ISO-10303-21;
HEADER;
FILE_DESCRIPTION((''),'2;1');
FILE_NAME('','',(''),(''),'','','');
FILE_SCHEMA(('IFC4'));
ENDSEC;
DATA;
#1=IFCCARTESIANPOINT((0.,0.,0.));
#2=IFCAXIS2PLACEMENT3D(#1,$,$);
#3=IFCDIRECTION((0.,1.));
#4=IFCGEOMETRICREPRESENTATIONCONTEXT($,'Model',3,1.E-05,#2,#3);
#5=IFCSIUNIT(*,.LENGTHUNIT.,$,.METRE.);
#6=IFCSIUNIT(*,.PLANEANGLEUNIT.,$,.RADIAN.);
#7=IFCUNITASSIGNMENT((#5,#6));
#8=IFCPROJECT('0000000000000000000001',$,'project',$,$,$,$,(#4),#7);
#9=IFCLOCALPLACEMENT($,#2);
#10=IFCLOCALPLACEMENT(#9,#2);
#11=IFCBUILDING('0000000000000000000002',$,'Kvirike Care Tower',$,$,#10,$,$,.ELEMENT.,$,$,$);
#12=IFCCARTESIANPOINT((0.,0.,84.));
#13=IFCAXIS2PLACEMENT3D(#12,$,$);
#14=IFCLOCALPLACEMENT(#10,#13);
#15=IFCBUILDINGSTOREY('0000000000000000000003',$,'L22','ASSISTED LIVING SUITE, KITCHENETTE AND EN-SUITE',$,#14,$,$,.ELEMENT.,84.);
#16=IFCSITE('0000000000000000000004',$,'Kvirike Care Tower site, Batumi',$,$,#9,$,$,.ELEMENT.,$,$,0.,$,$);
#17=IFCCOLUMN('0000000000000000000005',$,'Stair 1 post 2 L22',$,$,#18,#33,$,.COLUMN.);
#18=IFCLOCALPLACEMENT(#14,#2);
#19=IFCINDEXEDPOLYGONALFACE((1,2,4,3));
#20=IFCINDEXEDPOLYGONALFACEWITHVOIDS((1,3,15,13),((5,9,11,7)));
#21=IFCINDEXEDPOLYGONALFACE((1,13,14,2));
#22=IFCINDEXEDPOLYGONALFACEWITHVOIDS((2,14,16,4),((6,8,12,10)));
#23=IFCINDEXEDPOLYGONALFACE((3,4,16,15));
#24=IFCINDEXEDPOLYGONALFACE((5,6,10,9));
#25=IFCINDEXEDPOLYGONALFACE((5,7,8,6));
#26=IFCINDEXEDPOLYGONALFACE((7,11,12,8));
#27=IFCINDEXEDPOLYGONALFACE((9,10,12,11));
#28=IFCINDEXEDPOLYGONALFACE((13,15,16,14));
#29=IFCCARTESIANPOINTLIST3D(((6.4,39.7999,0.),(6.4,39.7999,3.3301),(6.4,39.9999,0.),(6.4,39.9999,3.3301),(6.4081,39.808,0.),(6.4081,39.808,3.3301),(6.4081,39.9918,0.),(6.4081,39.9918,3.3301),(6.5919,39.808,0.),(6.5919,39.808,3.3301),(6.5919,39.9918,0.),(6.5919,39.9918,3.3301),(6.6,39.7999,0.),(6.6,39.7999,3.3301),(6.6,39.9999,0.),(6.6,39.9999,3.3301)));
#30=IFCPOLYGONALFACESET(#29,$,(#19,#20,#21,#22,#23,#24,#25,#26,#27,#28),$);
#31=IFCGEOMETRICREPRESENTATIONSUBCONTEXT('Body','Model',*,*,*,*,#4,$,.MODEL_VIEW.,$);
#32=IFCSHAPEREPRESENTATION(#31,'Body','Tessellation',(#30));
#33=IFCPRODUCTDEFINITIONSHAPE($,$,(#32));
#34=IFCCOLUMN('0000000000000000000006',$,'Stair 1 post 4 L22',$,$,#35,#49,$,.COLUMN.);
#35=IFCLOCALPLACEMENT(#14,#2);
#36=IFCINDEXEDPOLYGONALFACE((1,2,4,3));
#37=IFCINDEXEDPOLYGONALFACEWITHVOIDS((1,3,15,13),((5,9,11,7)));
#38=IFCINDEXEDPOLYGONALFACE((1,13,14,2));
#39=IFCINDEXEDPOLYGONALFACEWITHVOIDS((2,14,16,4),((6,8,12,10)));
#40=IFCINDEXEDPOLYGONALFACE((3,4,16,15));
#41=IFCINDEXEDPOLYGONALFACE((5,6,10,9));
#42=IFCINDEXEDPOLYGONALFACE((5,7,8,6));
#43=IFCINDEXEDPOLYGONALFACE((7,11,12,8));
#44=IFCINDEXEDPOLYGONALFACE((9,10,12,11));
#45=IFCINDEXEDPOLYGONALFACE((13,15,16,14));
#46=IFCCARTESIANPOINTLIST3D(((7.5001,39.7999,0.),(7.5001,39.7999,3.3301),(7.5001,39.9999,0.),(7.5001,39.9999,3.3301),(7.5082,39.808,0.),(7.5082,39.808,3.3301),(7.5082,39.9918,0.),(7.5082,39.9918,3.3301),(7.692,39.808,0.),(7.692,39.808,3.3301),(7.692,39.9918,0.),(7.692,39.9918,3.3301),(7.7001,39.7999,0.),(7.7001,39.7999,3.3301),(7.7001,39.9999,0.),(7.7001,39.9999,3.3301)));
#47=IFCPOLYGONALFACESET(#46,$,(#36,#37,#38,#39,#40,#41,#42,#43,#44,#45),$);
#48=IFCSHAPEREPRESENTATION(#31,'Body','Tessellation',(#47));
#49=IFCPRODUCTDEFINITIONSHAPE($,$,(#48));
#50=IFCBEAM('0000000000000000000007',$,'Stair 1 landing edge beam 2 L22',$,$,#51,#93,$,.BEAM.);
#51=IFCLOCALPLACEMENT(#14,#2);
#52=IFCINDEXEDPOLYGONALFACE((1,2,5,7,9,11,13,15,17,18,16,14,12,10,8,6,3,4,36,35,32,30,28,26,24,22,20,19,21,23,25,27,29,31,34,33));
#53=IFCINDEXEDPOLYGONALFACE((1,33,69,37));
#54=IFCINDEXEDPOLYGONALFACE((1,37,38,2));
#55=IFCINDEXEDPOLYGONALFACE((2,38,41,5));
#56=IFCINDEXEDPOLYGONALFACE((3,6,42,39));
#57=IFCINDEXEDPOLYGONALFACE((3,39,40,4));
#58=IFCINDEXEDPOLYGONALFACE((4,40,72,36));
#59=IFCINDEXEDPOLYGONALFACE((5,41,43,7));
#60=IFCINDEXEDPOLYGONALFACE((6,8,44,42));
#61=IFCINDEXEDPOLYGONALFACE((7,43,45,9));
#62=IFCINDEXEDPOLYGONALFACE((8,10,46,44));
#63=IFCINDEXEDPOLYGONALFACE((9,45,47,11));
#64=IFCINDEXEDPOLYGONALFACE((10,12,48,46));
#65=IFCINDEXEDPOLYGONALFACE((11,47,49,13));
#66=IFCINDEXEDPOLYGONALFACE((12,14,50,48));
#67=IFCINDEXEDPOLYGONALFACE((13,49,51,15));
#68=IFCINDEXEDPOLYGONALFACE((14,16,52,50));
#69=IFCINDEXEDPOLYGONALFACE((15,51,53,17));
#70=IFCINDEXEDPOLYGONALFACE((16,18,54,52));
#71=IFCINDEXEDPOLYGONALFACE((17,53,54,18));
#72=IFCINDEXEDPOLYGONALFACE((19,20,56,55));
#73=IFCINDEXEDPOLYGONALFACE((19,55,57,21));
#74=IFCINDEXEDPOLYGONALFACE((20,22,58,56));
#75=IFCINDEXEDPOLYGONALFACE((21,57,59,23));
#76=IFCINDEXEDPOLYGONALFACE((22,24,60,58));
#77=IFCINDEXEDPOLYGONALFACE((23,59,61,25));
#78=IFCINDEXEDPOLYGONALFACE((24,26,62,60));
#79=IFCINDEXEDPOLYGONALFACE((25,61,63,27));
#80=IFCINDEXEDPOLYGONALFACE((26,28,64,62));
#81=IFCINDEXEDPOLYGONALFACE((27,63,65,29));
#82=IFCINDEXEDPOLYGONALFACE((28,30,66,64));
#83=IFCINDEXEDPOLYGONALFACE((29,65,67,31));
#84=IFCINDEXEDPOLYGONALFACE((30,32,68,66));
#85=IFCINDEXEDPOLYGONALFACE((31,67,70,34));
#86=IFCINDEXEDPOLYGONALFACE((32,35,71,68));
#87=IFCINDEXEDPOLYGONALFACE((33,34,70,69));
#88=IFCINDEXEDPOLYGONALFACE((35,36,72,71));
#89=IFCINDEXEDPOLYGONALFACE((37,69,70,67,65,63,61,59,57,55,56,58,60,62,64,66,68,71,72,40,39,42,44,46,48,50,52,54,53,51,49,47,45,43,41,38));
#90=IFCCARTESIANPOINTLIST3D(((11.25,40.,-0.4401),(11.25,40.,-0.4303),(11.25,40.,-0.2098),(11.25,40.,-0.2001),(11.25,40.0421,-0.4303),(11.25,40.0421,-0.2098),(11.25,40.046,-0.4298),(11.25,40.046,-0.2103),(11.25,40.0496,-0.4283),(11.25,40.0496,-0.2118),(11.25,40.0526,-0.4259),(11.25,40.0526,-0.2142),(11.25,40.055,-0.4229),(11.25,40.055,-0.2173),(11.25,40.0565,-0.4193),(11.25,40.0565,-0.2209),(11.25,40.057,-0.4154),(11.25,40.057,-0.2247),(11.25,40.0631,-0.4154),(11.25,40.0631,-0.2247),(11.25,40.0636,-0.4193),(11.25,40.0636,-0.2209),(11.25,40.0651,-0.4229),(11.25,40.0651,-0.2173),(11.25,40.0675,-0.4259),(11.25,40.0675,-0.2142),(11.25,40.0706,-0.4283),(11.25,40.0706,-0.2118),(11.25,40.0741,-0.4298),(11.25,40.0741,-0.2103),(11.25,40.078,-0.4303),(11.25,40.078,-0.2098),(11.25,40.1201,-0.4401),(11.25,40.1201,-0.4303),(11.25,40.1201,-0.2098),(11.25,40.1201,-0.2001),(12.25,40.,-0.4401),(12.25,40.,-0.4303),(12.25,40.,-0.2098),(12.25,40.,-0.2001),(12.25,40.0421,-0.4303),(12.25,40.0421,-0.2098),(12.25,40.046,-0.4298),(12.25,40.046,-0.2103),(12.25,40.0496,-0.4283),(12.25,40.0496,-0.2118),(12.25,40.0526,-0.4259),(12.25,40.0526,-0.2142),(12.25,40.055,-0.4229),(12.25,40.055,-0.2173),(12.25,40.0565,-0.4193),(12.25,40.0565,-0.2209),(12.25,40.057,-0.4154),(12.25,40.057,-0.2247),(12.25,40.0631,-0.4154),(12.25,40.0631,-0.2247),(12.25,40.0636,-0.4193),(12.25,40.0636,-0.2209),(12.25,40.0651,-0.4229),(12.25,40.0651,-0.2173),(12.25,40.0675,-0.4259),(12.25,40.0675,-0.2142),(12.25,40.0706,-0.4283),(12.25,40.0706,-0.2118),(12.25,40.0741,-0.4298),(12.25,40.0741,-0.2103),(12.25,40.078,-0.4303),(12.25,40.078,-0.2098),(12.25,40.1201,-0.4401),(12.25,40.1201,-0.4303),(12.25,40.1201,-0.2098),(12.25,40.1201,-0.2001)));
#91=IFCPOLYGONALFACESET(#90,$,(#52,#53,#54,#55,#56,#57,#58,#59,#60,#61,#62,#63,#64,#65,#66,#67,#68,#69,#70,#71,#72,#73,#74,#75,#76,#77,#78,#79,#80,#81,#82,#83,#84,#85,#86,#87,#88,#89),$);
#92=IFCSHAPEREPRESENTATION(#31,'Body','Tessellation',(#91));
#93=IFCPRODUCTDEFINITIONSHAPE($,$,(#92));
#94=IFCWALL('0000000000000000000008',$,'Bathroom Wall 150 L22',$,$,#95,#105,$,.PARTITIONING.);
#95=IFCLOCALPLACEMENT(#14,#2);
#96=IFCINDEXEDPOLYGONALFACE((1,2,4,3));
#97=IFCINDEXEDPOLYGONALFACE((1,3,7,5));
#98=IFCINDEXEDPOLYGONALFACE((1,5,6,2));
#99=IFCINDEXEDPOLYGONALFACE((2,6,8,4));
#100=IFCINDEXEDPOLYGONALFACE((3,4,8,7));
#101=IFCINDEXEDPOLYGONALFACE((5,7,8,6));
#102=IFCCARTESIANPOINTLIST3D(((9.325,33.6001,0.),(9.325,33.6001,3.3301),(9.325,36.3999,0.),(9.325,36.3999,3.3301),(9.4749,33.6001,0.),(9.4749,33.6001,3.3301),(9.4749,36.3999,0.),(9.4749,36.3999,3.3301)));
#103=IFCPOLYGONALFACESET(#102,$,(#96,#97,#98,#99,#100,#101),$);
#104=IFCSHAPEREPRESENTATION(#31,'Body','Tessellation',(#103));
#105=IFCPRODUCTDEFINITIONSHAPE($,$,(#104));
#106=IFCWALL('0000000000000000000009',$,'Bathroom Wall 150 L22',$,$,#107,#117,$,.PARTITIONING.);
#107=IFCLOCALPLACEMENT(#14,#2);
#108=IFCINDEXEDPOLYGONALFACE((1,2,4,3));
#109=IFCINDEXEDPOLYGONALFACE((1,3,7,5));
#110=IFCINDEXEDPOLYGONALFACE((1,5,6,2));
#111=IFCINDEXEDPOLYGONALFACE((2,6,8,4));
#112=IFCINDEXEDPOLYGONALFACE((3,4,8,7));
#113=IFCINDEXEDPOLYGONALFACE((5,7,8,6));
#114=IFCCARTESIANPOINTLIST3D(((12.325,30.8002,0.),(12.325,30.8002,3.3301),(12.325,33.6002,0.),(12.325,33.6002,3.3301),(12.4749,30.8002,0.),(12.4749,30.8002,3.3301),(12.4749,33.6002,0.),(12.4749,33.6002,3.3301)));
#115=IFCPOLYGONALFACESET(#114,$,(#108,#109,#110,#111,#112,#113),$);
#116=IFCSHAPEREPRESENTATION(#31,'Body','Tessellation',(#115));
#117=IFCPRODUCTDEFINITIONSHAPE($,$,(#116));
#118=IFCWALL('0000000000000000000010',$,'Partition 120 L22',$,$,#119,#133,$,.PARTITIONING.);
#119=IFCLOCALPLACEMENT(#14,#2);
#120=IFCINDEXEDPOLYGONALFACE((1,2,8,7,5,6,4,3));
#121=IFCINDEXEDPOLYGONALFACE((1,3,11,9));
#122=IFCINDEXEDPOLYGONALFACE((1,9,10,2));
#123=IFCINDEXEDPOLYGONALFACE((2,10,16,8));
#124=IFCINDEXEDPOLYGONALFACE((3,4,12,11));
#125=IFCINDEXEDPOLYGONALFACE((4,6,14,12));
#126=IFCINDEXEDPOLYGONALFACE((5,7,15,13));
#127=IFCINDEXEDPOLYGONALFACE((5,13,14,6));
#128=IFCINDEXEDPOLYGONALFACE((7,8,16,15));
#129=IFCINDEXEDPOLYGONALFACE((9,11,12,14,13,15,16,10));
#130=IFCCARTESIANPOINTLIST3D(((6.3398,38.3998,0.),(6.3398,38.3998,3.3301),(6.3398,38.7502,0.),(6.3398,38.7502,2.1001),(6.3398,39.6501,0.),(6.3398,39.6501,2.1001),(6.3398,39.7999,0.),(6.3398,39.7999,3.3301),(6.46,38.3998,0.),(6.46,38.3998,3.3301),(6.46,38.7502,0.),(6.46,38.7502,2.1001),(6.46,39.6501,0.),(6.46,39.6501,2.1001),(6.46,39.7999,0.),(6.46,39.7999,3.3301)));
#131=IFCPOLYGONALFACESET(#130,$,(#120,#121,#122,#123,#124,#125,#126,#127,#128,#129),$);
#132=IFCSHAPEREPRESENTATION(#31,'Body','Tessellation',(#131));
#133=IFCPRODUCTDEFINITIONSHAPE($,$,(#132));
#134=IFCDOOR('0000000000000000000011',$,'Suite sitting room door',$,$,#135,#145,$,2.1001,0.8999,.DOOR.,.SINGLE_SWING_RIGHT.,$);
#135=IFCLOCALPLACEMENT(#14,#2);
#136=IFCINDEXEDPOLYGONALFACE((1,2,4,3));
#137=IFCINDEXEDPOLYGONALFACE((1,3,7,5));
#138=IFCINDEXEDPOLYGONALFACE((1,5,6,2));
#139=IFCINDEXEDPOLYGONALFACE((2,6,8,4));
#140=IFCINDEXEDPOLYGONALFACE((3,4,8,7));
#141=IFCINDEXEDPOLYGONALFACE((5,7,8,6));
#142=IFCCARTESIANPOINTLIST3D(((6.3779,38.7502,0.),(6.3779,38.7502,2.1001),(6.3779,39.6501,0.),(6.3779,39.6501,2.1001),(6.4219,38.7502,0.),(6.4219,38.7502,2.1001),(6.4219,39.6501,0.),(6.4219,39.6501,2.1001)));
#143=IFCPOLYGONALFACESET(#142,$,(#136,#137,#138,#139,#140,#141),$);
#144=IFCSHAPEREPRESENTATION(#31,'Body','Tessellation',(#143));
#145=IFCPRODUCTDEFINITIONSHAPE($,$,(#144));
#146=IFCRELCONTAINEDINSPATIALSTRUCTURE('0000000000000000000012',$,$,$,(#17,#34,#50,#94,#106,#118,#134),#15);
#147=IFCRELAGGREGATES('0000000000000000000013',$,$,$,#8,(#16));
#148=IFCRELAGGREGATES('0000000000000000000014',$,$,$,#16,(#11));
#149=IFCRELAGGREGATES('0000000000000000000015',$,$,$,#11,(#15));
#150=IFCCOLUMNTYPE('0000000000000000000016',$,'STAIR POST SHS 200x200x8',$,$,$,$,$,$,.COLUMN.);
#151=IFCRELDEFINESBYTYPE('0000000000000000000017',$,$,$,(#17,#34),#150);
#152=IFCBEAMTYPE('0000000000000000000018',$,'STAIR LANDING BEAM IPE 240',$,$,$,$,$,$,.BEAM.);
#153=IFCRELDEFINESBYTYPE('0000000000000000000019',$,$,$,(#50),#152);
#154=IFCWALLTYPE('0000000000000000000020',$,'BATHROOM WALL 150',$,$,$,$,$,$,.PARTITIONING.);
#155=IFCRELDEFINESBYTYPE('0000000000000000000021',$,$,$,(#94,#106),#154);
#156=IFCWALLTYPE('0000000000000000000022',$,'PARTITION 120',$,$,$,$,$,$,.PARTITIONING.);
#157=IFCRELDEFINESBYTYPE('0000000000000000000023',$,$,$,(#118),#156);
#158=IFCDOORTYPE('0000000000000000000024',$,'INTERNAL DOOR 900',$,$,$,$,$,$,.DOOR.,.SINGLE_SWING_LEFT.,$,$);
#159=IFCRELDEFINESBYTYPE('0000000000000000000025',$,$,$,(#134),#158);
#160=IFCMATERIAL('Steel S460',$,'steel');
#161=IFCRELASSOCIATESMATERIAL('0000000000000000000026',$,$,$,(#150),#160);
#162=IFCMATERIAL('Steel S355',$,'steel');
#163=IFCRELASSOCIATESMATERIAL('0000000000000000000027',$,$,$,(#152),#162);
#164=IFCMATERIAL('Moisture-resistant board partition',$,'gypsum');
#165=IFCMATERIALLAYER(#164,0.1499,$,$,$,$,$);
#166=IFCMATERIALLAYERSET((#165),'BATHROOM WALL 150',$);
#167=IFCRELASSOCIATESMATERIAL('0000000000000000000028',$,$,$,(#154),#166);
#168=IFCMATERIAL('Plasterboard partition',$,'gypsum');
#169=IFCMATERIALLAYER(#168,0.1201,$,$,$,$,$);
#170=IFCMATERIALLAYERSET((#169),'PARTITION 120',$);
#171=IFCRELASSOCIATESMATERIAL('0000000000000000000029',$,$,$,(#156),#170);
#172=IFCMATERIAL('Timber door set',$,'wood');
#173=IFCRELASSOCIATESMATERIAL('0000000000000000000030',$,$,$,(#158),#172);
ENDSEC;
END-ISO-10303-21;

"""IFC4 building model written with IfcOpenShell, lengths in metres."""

from ifc_helpers import new_model, si_unit, direction, frame, frame_2d, origin, origin_2d, place, context, subcontext, project, spatial, rectangle, hollow_rectangle, i_section, extrude, material, layer, layer_set, material_profile, profile_set, type_object, element, fill, save


model = new_model("IFC4")

# Units and contexts
model_context = context("Model", 3, precision=1e-05, world=origin(), true_north=direction((0.0, 1.0)))
body_context = subcontext(model_context, "Body", "Model", "MODEL_VIEW")
ifc_project = project(units=[si_unit("LENGTHUNIT", "METRE"), si_unit("PLANEANGLEUNIT", "RADIAN")], contexts=[model_context])

# Site, building, storey
site_placement = place(None, origin())
site = spatial("IfcSite", under=ifc_project, at=site_placement, Name="Kvirike Care Tower site, Batumi", CompositionType="ELEMENT", RefElevation=0.0)
building_placement = place(site_placement, origin())
building = spatial("IfcBuilding", under=site, at=building_placement, Name="Kvirike Care Tower", CompositionType="ELEMENT")
storey_placement = place(building_placement, frame((0.0, 0.0, 84.0)))
storey = spatial("IfcBuildingStorey", under=building, at=storey_placement, Name="L22", Description="ASSISTED LIVING SUITE, KITCHENETTE AND EN-SUITE", CompositionType="ELEMENT", Elevation=84.0)

# Columns
ifc_material_1 = material(Name="Steel S460", Category="steel")
ifc_material_profile_1 = material_profile(ifc_material_1, hollow_rectangle(XDim=0.2, YDim=0.2, WallThickness=0.0081, at=origin_2d()), Name="SHS 200x200x8")
ifc_profile_set_1 = profile_set([ifc_material_profile_1], Name="Steel S460")
column_type = type_object("IfcColumnType", Name="STAIR POST SHS 200x200x8", PredefinedType="COLUMN", material=ifc_profile_set_1)
for number, where, z_axis, x_axis, name in (
    (1, (6.5, 39.8999, 0.0), (0.0, 0.0, 1.0), (1.0, 0.0, 0.0), "Stair 1 post 2 L22"),
    (2, (7.6001, 39.8999, 0.0), (0.0, 0.0, 1.0), (1.0, 0.0, 0.0), "Stair 1 post 4 L22"),
):
    element("IfcColumn", number, at=place(storey_placement, frame(where, z_axis=z_axis, x_axis=x_axis)), inside=storey, type_object=column_type, Name=name, PredefinedType="COLUMN", context=body_context, shape_type="SweptSolid", body=[
        extrude(hollow_rectangle(XDim=0.2, YDim=0.2, WallThickness=0.0081, at=origin_2d()), origin(), (0.0, 0.0, 1.0), 3.3301),
    ])

# Beam
ifc_material_2 = material(Name="Steel S355", Category="steel")
ifc_material_profile_2 = material_profile(ifc_material_2, i_section(OverallWidth=0.1201, OverallDepth=0.24, WebThickness=0.0061, FlangeThickness=0.0098, FilletRadius=0.0149, at=origin_2d()), Name="IPE 240")
ifc_profile_set_2 = profile_set([ifc_material_profile_2], Name="Steel S355")
beam_type = type_object("IfcBeamType", Name="STAIR LANDING BEAM IPE 240", PredefinedType="BEAM", material=ifc_profile_set_2)
beam_placement = place(storey_placement, frame((11.25, 40.0601, -0.3201), z_axis=(1.0, 0.0, 0.0), x_axis=(0.0, 1.0, 0.0)))
element("IfcBeam", 3, at=beam_placement, inside=storey, type_object=beam_type, Name="Stair 1 landing edge beam 2 L22", PredefinedType="BEAM", context=body_context, shape_type="SweptSolid", body=[
    extrude(i_section(OverallWidth=0.1201, OverallDepth=0.24, WebThickness=0.0061, FlangeThickness=0.0098, FilletRadius=0.0149, at=origin_2d()), origin(), (0.0, 0.0, 1.0), 1.0),
])

# Walls
ifc_material_3 = material(Name="Moisture-resistant board partition", Category="gypsum")
ifc_layer_1 = layer(ifc_material_3, 0.1499)
ifc_layer_set_1 = layer_set([ifc_layer_1], Name="BATHROOM WALL 150")
wall_type_1 = type_object("IfcWallType", Name="BATHROOM WALL 150", PredefinedType="PARTITIONING", material=ifc_layer_set_1)
wall_1_placement = place(storey_placement, frame((9.3999, 36.3999, 0.0), z_axis=(0.0, 0.0, 1.0), x_axis=(0.0, -1.0, 0.0)))
element("IfcWall", 4, at=wall_1_placement, inside=storey, type_object=wall_type_1, Name="Bathroom Wall 150 L22", PredefinedType="PARTITIONING", context=body_context, shape_type="SweptSolid", body=[
    extrude(rectangle(XDim=2.7998, YDim=0.1499, at=frame_2d((1.3999, 0.0))), origin(), (0.0, 0.0, 1.0), 3.3301),
])
wall_2_placement = place(storey_placement, frame((12.3999, 33.6001, 0.0), z_axis=(0.0, 0.0, 1.0), x_axis=(0.0, -1.0, 0.0)))
element("IfcWall", 5, at=wall_2_placement, inside=storey, type_object=wall_type_1, Name="Bathroom Wall 150 L22", PredefinedType="PARTITIONING", context=body_context, shape_type="SweptSolid", body=[
    extrude(rectangle(XDim=2.8, YDim=0.1499, at=frame_2d((1.3999, 0.0))), origin(), (0.0, 0.0, 1.0), 3.3301),
])

# Wall, opening, door
ifc_material_4 = material(Name="Plasterboard partition", Category="gypsum")
ifc_layer_2 = layer(ifc_material_4, 0.1201)
ifc_layer_set_2 = layer_set([ifc_layer_2], Name="PARTITION 120")
wall_type_2 = type_object("IfcWallType", Name="PARTITION 120", PredefinedType="PARTITIONING", material=ifc_layer_set_2)
wall_3_placement = place(storey_placement, frame((6.3999, 39.8, 0.0), z_axis=(0.0, 0.0, 1.0), x_axis=(0.0, -1.0, 0.0)))
wall_3 = element("IfcWall", 6, at=wall_3_placement, inside=storey, type_object=wall_type_2, Name="Partition 120 L22", PredefinedType="PARTITIONING", context=body_context, shape_type="SweptSolid", body=[
    extrude(rectangle(XDim=1.4001, YDim=0.1201, at=frame_2d((0.7002, 0.0))), origin(), (0.0, 0.0, 1.0), 3.3301),
])
opening_1_placement = place(wall_3_placement, frame((0.1499, 0.0, 0.0)))
opening_1 = element("IfcOpeningElement", 7, at=opening_1_placement, cuts=wall_3, PredefinedType="OPENING", context=body_context, shape_type="SweptSolid", body=[
    extrude(rectangle(XDim=0.8999, YDim=2.1001, at=frame_2d((0.45, 1.05))), frame((0.0, 0.0706, 0.0), z_axis=(0.0, -1.0, 0.0), x_axis=(1.0, 0.0, 0.0)), (0.0, 0.0, 1.0), 0.1411),
])
ifc_material_5 = material(Name="Timber door set", Category="wood")
door_type_1 = type_object("IfcDoorType", Name="INTERNAL DOOR 900", OperationType="SINGLE_SWING_LEFT", PredefinedType="DOOR", material=ifc_material_5)
door_1_placement = place(opening_1_placement, origin())
door_1 = element("IfcDoor", 8, at=door_1_placement, inside=storey, type_object=door_type_1, Name="Suite sitting room door", OperationType="SINGLE_SWING_RIGHT", OverallHeight=2.1001, OverallWidth=0.8999, PredefinedType="DOOR", context=body_context, shape_type="SweptSolid", body=[
    extrude(rectangle(XDim=0.8999, YDim=2.1001, at=frame_2d((0.45, 1.05))), frame((0.0, 0.022, 0.0), z_axis=(0.0, -1.0, 0.0), x_axis=(1.0, 0.0, 0.0)), (0.0, 0.0, 1.0), 0.0439),
])
fill(opening_1, door_1)

save(model, "model.ifc")
